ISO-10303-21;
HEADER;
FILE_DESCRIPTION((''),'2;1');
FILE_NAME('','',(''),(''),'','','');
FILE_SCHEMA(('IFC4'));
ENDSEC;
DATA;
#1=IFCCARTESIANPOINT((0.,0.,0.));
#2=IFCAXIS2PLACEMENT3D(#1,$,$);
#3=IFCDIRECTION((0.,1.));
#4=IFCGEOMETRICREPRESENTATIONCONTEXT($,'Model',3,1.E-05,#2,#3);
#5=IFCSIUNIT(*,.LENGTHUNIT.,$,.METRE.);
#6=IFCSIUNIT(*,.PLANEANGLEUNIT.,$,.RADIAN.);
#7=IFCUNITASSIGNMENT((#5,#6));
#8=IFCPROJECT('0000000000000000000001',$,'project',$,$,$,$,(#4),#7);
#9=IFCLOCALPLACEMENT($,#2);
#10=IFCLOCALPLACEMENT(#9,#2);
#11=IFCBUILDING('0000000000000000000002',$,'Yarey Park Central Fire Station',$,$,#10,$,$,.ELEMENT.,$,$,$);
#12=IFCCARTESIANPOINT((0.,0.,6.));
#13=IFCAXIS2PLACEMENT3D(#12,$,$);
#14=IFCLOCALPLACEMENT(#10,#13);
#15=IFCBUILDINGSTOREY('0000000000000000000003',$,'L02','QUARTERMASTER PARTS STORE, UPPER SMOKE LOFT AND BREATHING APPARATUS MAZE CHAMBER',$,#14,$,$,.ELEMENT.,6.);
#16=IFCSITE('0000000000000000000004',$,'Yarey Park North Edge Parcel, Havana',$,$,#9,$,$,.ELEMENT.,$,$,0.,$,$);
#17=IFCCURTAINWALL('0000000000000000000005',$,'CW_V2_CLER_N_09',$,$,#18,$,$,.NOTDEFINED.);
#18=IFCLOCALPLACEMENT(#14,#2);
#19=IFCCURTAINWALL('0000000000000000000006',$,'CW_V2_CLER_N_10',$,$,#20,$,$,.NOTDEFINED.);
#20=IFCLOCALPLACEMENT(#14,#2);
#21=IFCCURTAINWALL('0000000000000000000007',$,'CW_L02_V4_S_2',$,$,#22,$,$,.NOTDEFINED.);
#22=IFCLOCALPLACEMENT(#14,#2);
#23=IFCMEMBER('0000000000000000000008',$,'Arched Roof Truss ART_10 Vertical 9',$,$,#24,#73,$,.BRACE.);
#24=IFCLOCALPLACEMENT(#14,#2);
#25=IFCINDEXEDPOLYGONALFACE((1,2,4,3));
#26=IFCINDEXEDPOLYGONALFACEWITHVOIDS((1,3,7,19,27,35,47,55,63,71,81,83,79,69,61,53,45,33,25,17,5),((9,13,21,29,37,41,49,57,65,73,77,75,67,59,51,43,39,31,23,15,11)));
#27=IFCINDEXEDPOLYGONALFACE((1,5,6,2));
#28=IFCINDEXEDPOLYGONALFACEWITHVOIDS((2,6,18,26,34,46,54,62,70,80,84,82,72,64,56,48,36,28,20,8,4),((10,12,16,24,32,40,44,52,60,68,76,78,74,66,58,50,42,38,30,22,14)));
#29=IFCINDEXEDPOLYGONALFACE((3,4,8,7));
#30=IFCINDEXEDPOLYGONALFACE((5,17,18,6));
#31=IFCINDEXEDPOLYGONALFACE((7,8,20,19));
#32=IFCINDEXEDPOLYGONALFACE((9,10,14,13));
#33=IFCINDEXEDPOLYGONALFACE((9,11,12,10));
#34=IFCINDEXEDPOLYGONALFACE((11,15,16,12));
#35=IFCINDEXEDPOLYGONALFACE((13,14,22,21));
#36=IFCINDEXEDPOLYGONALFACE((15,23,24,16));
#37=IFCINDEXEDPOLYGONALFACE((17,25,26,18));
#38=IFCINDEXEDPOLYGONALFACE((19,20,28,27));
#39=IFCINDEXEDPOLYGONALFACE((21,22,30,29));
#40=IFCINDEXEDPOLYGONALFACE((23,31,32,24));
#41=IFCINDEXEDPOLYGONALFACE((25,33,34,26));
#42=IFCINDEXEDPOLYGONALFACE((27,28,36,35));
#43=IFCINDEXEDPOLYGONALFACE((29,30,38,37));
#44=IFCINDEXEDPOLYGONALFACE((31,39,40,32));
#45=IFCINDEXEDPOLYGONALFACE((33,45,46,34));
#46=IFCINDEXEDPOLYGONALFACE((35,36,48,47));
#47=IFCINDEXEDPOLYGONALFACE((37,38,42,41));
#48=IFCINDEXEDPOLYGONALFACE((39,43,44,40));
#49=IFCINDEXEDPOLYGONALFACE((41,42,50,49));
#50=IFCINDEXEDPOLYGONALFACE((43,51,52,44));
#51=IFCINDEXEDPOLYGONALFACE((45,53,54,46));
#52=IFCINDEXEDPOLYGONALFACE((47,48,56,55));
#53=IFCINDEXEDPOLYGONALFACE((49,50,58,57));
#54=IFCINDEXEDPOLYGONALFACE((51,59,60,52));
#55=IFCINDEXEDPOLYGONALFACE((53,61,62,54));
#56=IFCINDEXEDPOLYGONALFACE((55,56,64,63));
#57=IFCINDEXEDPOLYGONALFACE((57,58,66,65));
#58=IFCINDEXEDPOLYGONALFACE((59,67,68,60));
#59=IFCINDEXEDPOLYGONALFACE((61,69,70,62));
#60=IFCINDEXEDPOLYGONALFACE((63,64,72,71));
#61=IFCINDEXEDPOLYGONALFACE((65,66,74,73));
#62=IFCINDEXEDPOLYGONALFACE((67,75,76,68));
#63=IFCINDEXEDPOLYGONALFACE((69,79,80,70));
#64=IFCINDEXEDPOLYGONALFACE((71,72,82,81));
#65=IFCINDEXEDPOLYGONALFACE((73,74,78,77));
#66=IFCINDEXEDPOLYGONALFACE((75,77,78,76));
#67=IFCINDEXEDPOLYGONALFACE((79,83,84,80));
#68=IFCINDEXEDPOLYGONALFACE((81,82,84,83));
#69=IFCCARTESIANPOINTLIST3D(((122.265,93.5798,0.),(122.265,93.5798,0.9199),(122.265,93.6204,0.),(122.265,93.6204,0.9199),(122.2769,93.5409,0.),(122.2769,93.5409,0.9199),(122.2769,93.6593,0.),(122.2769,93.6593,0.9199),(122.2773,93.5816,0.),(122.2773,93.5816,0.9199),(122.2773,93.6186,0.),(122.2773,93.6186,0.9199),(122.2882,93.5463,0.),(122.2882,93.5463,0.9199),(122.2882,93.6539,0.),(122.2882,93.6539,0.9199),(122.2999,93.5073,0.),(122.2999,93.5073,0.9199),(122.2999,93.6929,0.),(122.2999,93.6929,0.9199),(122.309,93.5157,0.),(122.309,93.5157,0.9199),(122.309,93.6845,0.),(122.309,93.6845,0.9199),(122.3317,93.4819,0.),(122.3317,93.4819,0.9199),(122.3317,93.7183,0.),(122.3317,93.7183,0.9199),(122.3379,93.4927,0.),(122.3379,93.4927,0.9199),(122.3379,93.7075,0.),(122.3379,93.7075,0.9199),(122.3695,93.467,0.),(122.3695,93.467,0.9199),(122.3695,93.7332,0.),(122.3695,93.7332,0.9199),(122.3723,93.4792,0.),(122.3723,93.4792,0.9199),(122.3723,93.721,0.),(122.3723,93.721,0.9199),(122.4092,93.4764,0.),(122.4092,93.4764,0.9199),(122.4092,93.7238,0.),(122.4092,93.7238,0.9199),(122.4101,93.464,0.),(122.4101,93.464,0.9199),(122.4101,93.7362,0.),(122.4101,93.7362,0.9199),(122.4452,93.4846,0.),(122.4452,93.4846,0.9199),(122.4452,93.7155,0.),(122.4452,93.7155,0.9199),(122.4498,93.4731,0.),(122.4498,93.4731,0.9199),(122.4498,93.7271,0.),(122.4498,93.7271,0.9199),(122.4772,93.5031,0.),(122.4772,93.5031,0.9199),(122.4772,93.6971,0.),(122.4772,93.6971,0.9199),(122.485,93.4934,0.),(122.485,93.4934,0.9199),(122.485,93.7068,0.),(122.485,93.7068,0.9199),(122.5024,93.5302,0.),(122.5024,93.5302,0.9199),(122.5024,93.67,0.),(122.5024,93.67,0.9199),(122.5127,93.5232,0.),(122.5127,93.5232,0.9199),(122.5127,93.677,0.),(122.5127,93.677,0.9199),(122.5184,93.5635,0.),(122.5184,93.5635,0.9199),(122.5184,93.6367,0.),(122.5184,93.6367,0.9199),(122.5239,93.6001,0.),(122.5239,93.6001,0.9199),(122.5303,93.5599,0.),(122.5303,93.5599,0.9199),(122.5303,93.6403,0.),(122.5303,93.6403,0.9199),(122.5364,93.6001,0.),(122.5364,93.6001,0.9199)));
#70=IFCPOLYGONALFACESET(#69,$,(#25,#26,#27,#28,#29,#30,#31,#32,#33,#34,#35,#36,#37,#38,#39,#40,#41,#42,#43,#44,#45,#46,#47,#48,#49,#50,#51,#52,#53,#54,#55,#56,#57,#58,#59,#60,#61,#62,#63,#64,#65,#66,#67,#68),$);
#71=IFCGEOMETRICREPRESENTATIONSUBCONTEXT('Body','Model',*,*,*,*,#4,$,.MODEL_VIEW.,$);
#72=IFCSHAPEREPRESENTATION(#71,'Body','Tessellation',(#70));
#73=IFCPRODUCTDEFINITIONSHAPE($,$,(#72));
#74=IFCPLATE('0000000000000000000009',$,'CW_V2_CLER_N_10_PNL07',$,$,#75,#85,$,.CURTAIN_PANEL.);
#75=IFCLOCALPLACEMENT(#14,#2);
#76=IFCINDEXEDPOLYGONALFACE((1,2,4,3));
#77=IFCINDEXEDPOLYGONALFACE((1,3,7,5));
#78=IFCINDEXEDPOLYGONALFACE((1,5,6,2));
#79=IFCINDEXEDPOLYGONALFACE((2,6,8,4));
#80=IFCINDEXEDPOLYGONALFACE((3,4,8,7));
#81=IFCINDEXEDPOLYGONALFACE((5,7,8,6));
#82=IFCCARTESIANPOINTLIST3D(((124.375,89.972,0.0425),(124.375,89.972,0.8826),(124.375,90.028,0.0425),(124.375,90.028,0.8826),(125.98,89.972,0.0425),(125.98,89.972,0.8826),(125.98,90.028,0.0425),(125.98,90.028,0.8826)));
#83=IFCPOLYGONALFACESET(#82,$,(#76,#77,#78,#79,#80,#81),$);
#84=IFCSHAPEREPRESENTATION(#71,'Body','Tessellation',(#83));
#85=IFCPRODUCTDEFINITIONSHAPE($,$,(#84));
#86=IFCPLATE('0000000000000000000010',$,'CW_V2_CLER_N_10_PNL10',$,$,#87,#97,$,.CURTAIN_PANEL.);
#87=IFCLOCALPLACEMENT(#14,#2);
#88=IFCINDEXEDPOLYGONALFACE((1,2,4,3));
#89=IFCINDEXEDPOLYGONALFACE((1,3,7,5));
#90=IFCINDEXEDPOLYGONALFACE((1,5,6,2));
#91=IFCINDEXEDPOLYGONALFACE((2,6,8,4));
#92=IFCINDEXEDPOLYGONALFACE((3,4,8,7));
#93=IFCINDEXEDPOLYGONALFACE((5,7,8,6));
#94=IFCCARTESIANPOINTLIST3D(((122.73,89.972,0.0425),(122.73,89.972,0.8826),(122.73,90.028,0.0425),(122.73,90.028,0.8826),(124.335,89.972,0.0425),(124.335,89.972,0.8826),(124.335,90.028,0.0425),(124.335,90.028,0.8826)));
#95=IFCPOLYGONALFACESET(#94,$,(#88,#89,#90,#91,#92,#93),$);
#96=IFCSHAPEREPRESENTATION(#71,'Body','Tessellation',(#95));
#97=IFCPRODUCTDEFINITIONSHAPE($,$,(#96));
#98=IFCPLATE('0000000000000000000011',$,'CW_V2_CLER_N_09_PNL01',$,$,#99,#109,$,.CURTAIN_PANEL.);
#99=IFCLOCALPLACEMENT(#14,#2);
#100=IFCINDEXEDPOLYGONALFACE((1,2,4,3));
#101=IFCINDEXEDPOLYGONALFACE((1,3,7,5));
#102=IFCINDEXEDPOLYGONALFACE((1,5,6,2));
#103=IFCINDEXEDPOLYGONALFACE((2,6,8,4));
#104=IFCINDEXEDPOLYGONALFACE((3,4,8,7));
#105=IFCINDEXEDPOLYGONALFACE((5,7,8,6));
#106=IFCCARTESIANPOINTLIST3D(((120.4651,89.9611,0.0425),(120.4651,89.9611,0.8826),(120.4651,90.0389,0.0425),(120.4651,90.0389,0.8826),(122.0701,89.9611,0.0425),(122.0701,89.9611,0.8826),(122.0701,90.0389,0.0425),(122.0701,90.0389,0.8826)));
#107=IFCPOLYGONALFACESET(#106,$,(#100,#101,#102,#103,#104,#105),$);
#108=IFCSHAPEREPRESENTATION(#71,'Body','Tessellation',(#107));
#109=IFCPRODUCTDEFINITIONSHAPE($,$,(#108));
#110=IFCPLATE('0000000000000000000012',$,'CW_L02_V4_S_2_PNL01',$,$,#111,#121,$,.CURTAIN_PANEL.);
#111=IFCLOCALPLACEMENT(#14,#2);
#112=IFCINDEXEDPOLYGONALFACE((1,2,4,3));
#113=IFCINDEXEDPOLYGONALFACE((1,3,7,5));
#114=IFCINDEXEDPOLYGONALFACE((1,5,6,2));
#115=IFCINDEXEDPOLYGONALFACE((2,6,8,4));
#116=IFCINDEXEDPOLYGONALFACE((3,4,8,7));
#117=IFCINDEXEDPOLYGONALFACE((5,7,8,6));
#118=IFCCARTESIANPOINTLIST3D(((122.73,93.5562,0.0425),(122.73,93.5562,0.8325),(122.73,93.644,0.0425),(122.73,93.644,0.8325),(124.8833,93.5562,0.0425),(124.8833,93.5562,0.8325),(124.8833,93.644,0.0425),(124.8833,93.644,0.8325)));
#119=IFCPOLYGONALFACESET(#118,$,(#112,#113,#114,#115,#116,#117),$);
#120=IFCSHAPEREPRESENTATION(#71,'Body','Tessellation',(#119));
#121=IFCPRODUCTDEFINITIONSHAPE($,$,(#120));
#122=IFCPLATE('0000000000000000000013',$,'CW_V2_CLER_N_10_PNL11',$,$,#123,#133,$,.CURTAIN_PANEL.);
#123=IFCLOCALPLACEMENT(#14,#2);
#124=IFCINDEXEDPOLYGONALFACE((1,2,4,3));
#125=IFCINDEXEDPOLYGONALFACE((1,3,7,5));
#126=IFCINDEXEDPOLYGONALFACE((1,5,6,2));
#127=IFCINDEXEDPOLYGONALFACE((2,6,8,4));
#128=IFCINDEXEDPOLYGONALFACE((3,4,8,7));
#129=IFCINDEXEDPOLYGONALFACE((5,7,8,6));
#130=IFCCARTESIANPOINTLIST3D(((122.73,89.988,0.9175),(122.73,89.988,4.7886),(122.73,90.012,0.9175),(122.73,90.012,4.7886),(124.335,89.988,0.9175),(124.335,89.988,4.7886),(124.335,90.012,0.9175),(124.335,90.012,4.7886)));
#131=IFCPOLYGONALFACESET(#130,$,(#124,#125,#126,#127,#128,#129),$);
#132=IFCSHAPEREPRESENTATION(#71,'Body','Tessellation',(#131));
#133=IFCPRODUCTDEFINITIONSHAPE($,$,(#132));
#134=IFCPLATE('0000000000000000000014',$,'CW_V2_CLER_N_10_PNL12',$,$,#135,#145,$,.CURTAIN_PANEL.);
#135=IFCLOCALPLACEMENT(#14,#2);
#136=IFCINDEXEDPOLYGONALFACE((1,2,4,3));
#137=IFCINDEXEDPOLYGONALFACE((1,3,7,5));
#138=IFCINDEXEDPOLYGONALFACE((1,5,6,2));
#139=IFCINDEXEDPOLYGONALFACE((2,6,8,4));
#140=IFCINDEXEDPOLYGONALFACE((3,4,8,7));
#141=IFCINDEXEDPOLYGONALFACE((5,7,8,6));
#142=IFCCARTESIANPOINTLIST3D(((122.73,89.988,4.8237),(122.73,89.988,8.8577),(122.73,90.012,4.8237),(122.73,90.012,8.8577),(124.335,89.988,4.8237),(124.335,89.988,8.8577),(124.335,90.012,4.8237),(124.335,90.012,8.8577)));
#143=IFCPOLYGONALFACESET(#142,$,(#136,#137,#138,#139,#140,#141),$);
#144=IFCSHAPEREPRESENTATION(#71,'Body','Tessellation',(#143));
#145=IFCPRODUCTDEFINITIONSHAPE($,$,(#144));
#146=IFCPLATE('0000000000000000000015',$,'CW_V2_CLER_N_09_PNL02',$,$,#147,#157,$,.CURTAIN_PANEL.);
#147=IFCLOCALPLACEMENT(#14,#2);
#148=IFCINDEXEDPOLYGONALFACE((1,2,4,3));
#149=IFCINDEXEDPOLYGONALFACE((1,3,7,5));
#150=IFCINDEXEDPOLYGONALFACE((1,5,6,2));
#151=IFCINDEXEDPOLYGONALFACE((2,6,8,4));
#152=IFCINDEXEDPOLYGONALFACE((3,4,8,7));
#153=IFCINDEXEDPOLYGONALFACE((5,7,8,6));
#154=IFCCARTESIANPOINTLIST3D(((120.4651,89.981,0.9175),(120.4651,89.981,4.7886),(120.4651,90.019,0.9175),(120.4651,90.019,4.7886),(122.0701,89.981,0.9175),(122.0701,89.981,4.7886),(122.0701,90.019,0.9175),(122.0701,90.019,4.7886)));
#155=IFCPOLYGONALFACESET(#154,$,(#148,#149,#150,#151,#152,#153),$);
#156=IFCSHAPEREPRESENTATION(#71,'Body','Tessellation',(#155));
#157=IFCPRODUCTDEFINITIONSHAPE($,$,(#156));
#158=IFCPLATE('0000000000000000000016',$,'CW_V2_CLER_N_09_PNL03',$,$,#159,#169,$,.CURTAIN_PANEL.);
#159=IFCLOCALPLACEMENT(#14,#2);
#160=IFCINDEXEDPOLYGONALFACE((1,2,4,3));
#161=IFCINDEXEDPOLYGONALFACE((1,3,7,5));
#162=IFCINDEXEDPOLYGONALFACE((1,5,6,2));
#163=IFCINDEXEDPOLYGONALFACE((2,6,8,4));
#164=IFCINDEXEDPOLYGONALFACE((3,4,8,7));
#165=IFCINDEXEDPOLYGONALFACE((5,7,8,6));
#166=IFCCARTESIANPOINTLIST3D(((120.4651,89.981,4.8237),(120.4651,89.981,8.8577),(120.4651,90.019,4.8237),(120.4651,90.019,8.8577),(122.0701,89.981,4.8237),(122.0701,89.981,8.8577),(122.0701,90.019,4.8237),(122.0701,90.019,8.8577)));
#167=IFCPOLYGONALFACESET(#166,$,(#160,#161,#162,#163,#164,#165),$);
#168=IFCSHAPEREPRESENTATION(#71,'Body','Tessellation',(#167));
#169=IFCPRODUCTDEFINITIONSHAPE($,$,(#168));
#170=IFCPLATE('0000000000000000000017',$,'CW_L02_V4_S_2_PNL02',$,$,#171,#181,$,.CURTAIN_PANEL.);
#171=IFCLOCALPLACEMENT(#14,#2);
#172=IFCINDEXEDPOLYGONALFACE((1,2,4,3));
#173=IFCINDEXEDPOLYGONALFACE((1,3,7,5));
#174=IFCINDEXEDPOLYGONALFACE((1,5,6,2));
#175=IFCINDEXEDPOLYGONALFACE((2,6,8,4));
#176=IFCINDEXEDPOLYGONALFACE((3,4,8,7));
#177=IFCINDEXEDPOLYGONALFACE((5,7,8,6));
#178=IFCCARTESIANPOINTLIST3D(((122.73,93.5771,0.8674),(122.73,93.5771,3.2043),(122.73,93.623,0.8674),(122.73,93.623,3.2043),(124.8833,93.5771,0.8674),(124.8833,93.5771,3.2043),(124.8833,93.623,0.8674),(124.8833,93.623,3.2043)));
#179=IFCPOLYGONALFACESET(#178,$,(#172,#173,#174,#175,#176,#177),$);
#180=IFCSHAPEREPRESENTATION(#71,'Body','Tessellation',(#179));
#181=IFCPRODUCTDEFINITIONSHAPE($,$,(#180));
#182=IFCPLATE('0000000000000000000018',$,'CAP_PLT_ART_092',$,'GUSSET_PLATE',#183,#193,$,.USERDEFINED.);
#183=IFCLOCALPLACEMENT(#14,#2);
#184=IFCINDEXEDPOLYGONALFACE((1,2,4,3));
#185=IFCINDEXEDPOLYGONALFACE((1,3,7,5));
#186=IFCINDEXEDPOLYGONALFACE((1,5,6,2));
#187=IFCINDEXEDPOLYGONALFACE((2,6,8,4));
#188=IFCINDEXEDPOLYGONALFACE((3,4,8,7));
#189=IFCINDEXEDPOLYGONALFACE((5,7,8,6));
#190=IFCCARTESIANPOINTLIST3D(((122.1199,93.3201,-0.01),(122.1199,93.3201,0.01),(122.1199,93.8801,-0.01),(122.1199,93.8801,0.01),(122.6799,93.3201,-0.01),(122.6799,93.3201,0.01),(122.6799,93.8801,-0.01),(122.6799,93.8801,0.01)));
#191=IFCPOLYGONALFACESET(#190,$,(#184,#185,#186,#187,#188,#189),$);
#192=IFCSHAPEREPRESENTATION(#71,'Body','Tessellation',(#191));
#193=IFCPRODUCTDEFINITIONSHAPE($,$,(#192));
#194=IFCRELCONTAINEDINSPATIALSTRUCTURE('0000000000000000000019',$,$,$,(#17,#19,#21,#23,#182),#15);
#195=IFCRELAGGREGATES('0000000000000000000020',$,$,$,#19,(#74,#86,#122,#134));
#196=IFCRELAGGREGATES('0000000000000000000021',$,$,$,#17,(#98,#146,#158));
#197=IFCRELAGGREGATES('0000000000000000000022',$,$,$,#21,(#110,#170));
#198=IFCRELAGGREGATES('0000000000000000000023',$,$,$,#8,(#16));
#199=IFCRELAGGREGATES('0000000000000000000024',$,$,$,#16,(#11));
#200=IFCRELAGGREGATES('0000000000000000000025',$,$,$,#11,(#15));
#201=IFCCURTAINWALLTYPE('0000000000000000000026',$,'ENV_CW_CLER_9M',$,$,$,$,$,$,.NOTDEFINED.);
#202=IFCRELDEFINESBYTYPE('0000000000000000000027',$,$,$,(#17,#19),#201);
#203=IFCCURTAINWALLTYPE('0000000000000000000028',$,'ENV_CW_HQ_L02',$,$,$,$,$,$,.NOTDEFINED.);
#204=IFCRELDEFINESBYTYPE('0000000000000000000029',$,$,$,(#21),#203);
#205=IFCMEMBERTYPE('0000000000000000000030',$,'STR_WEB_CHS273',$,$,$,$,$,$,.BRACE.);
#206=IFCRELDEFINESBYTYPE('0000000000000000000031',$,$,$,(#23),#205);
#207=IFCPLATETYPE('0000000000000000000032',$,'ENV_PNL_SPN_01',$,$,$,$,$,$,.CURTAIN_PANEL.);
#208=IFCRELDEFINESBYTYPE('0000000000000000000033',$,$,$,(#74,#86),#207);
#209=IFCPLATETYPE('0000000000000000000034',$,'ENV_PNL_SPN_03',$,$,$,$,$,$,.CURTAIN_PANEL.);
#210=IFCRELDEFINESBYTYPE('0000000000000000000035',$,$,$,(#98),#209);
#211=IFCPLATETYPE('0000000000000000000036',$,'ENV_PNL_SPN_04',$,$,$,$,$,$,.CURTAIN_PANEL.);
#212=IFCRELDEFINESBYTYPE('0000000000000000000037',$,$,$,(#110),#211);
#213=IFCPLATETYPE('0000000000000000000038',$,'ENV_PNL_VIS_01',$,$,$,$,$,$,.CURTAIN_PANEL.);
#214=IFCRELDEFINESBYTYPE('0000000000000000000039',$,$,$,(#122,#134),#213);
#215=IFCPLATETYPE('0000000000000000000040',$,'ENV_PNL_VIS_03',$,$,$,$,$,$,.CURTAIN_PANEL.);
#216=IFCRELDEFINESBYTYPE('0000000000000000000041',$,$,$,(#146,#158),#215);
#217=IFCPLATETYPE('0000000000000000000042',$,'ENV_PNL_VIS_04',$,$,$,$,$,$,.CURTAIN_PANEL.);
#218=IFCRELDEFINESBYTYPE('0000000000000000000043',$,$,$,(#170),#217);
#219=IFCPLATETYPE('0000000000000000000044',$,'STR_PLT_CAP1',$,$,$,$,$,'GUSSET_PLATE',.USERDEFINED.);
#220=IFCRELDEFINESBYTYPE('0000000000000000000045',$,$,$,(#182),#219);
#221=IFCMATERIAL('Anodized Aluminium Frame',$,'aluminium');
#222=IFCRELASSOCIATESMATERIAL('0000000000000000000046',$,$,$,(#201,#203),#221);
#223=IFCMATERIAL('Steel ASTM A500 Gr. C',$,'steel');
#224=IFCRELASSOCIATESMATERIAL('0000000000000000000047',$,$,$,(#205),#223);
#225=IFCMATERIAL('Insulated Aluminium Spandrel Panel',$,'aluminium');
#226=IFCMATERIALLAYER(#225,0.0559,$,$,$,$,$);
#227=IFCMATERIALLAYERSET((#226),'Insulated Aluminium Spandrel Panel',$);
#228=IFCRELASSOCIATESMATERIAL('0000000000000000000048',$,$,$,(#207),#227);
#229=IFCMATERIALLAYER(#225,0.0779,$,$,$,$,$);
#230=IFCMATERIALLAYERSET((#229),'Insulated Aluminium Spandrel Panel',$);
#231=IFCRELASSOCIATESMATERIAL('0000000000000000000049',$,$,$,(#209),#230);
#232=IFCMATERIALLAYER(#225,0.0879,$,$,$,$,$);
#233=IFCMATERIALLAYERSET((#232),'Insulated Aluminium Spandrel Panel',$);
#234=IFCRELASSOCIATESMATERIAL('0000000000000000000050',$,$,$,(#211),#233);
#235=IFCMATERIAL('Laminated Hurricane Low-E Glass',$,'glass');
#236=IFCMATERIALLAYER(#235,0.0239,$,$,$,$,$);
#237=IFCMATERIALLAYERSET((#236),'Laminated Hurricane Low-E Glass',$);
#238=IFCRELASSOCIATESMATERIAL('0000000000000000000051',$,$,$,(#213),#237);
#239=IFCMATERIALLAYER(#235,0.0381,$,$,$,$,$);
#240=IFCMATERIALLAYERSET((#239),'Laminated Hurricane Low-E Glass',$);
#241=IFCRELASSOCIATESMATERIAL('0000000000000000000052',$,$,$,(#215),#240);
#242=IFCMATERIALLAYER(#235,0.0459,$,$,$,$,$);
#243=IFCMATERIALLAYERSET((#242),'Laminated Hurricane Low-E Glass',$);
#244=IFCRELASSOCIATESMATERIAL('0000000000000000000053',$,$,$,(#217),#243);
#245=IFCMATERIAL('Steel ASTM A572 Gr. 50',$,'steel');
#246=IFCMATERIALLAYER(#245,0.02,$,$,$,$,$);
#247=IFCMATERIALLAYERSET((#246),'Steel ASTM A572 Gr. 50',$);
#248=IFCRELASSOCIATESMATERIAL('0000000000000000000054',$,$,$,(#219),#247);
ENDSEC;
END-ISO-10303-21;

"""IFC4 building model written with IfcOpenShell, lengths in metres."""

from ifc_helpers import new_model, si_unit, direction, frame, origin, origin_2d, place, context, subcontext, project, spatial, rectangle, hollow_circle, extrude, material, layer, layer_set, material_profile, profile_set, type_object, element, aggregate, save


model = new_model("IFC4")

# Units and contexts
model_context = context("Model", 3, precision=1e-05, world=origin(), true_north=direction((0.0, 1.0)))
body_context = subcontext(model_context, "Body", "Model", "MODEL_VIEW")
ifc_project = project(units=[si_unit("LENGTHUNIT", "METRE"), si_unit("PLANEANGLEUNIT", "RADIAN")], contexts=[model_context])

# Site, building, storey
site_placement = place(None, origin())
site = spatial("IfcSite", under=ifc_project, at=site_placement, Name="Yarey Park North Edge Parcel, Havana", CompositionType="ELEMENT", RefElevation=0.0)
building_placement = place(site_placement, origin())
building = spatial("IfcBuilding", under=site, at=building_placement, Name="Yarey Park Central Fire Station", CompositionType="ELEMENT")
storey_placement = place(building_placement, frame((0.0, 0.0, 6.0)))
storey = spatial("IfcBuildingStorey", under=building, at=storey_placement, Name="L02", Description="QUARTERMASTER PARTS STORE, UPPER SMOKE LOFT AND BREATHING APPARATUS MAZE CHAMBER", CompositionType="ELEMENT", Elevation=6.0)

# Curtain wall
ifc_material_1 = material(Name="Anodized Aluminium Frame", Category="aluminium")
curtain_wall_type_1 = type_object("IfcCurtainWallType", Name="ENV_CW_CLER_9M", PredefinedType="NOTDEFINED", material=ifc_material_1)
curtain_wall_1_placement = place(storey_placement, origin())
curtain_wall_1 = element("IfcCurtainWall", 1, at=curtain_wall_1_placement, inside=storey, type_object=curtain_wall_type_1, Name="CW_V2_CLER_N_09", PredefinedType="NOTDEFINED")

# Curtain wall
curtain_wall_2_placement = place(storey_placement, origin())
curtain_wall_2 = element("IfcCurtainWall", 2, at=curtain_wall_2_placement, inside=storey, type_object=curtain_wall_type_1, Name="CW_V2_CLER_N_10", PredefinedType="NOTDEFINED")

# Shared definitions
curtain_wall_type_2 = type_object("IfcCurtainWallType", Name="ENV_CW_HQ_L02", PredefinedType="NOTDEFINED", material=ifc_material_1)

# Curtain wall
curtain_wall_3_placement = place(storey_placement, origin())
curtain_wall_3 = element("IfcCurtainWall", 3, at=curtain_wall_3_placement, inside=storey, type_object=curtain_wall_type_2, Name="CW_L02_V4_S_2", PredefinedType="NOTDEFINED")

# Member
ifc_material_2 = material(Name="Steel ASTM A500 Gr. C", Category="steel")
ifc_material_profile_1 = material_profile(ifc_material_2, hollow_circle(Radius=0.1365, WallThickness=0.0125, at=origin_2d()), Name="CHS 273x12.5")
ifc_profile_set_1 = profile_set([ifc_material_profile_1], Name="Steel ASTM A500 Gr. C")
member_type_1 = type_object("IfcMemberType", Name="STR_WEB_CHS273", PredefinedType="BRACE", material=ifc_profile_set_1)
member_1_placement = place(storey_placement, frame((122.3999, 93.6001, 0.0), z_axis=(0.0, 0.0, 1.0), x_axis=(1.0, 0.0, 0.0)))
element("IfcMember", 4, at=member_1_placement, inside=storey, type_object=member_type_1, Name="Arched Roof Truss ART_10 Vertical 9", PredefinedType="BRACE", context=body_context, shape_type="SweptSolid", body=[
    extrude(hollow_circle(Radius=0.1365, WallThickness=0.0125, at=origin_2d()), origin(), (0.0, 0.0, 1.0), 0.9199),
])

# Plates
ifc_material_3 = material(Name="Insulated Aluminium Spandrel Panel", Category="aluminium")
ifc_layer_1 = layer(ifc_material_3, 0.0559)
ifc_layer_set_1 = layer_set([ifc_layer_1], Name="Insulated Aluminium Spandrel Panel")
plate_type_1 = type_object("IfcPlateType", Name="ENV_PNL_SPN_01", PredefinedType="CURTAIN_PANEL", material=ifc_layer_set_1)
plate_1_placement = place(storey_placement, frame((125.1775, 90.0, 0.0425), z_axis=(0.0, 0.0, 1.0), x_axis=(-1.0, 0.0, 0.0)))
plate_1 = element("IfcPlate", 5, at=plate_1_placement, type_object=plate_type_1, Name="CW_V2_CLER_N_10_PNL07", PredefinedType="CURTAIN_PANEL", context=body_context, shape_type="SweptSolid", body=[
    extrude(rectangle(XDim=1.605, YDim=0.0559, at=origin_2d()), origin(), (0.0, 0.0, 1.0), 0.8401),
])
plate_2_placement = place(storey_placement, frame((123.5325, 90.0, 0.0425), z_axis=(0.0, 0.0, 1.0), x_axis=(-1.0, 0.0, 0.0)))
plate_2 = element("IfcPlate", 6, at=plate_2_placement, type_object=plate_type_1, Name="CW_V2_CLER_N_10_PNL10", PredefinedType="CURTAIN_PANEL", context=body_context, shape_type="SweptSolid", body=[
    extrude(rectangle(XDim=1.605, YDim=0.0559, at=origin_2d()), origin(), (0.0, 0.0, 1.0), 0.8401),
])
ifc_layer_2 = layer(ifc_material_3, 0.0779)
ifc_layer_set_2 = layer_set([ifc_layer_2], Name="Insulated Aluminium Spandrel Panel")
plate_type_2 = type_object("IfcPlateType", Name="ENV_PNL_SPN_03", PredefinedType="CURTAIN_PANEL", material=ifc_layer_set_2)
plate_3_placement = place(storey_placement, frame((121.2676, 90.0, 0.0425), z_axis=(0.0, 0.0, 1.0), x_axis=(-1.0, 0.0, 0.0)))
plate_3 = element("IfcPlate", 7, at=plate_3_placement, type_object=plate_type_2, Name="CW_V2_CLER_N_09_PNL01", PredefinedType="CURTAIN_PANEL", context=body_context, shape_type="SweptSolid", body=[
    extrude(rectangle(XDim=1.605, YDim=0.0779, at=origin_2d()), origin(), (0.0, 0.0, 1.0), 0.8401),
])
ifc_layer_3 = layer(ifc_material_3, 0.0879)
ifc_layer_set_3 = layer_set([ifc_layer_3], Name="Insulated Aluminium Spandrel Panel")
plate_type_3 = type_object("IfcPlateType", Name="ENV_PNL_SPN_04", PredefinedType="CURTAIN_PANEL", material=ifc_layer_set_3)
plate_4_placement = place(storey_placement, frame((123.8066, 93.6001, 0.0425), z_axis=(0.0, 0.0, 1.0), x_axis=(1.0, 0.0, 0.0)))
plate_4 = element("IfcPlate", 8, at=plate_4_placement, type_object=plate_type_3, Name="CW_L02_V4_S_2_PNL01", PredefinedType="CURTAIN_PANEL", context=body_context, shape_type="SweptSolid", body=[
    extrude(rectangle(XDim=2.1533, YDim=0.0879, at=origin_2d()), origin(), (0.0, 0.0, 1.0), 0.79),
])
ifc_material_4 = material(Name="Laminated Hurricane Low-E Glass", Category="glass")
ifc_layer_4 = layer(ifc_material_4, 0.0239)
ifc_layer_set_4 = layer_set([ifc_layer_4], Name="Laminated Hurricane Low-E Glass")
plate_type_4 = type_object("IfcPlateType", Name="ENV_PNL_VIS_01", PredefinedType="CURTAIN_PANEL", material=ifc_layer_set_4)
plate_5_placement = place(storey_placement, frame((123.5325, 90.0, 0.9175), z_axis=(0.0, 0.0, 1.0), x_axis=(-1.0, 0.0, 0.0)))
plate_5 = element("IfcPlate", 9, at=plate_5_placement, type_object=plate_type_4, Name="CW_V2_CLER_N_10_PNL11", PredefinedType="CURTAIN_PANEL", context=body_context, shape_type="SweptSolid", body=[
    extrude(rectangle(XDim=1.605, YDim=0.0239, at=origin_2d()), origin(), (0.0, 0.0, 1.0), 3.8711),
])
plate_6_placement = place(storey_placement, frame((123.5325, 90.0, 4.8237), z_axis=(0.0, 0.0, 1.0), x_axis=(-1.0, 0.0, 0.0)))
plate_6 = element("IfcPlate", 10, at=plate_6_placement, type_object=plate_type_4, Name="CW_V2_CLER_N_10_PNL12", PredefinedType="CURTAIN_PANEL", context=body_context, shape_type="SweptSolid", body=[
    extrude(rectangle(XDim=1.605, YDim=0.0239, at=origin_2d()), origin(), (0.0, 0.0, 1.0), 4.0339),
])
aggregate(curtain_wall_2, [plate_1, plate_2, plate_5, plate_6])
ifc_layer_5 = layer(ifc_material_4, 0.0381)
ifc_layer_set_5 = layer_set([ifc_layer_5], Name="Laminated Hurricane Low-E Glass")
plate_type_5 = type_object("IfcPlateType", Name="ENV_PNL_VIS_03", PredefinedType="CURTAIN_PANEL", material=ifc_layer_set_5)
plate_7_placement = place(storey_placement, frame((121.2676, 90.0, 0.9175), z_axis=(0.0, 0.0, 1.0), x_axis=(-1.0, 0.0, 0.0)))
plate_7 = element("IfcPlate", 11, at=plate_7_placement, type_object=plate_type_5, Name="CW_V2_CLER_N_09_PNL02", PredefinedType="CURTAIN_PANEL", context=body_context, shape_type="SweptSolid", body=[
    extrude(rectangle(XDim=1.605, YDim=0.0381, at=origin_2d()), origin(), (0.0, 0.0, 1.0), 3.8711),
])
plate_8_placement = place(storey_placement, frame((121.2676, 90.0, 4.8237), z_axis=(0.0, 0.0, 1.0), x_axis=(-1.0, 0.0, 0.0)))
plate_8 = element("IfcPlate", 12, at=plate_8_placement, type_object=plate_type_5, Name="CW_V2_CLER_N_09_PNL03", PredefinedType="CURTAIN_PANEL", context=body_context, shape_type="SweptSolid", body=[
    extrude(rectangle(XDim=1.605, YDim=0.0381, at=origin_2d()), origin(), (0.0, 0.0, 1.0), 4.0339),
])
aggregate(curtain_wall_1, [plate_3, plate_7, plate_8])
ifc_layer_6 = layer(ifc_material_4, 0.0459)
ifc_layer_set_6 = layer_set([ifc_layer_6], Name="Laminated Hurricane Low-E Glass")
plate_type_6 = type_object("IfcPlateType", Name="ENV_PNL_VIS_04", PredefinedType="CURTAIN_PANEL", material=ifc_layer_set_6)
plate_9_placement = place(storey_placement, frame((123.8066, 93.6001, 0.8674), z_axis=(0.0, 0.0, 1.0), x_axis=(1.0, 0.0, 0.0)))
plate_9 = element("IfcPlate", 13, at=plate_9_placement, type_object=plate_type_6, Name="CW_L02_V4_S_2_PNL02", PredefinedType="CURTAIN_PANEL", context=body_context, shape_type="SweptSolid", body=[
    extrude(rectangle(XDim=2.1533, YDim=0.0459, at=origin_2d()), origin(), (0.0, 0.0, 1.0), 2.3369),
])
aggregate(curtain_wall_3, [plate_4, plate_9])

# Plate
ifc_material_5 = material(Name="Steel ASTM A572 Gr. 50", Category="steel")
ifc_layer_7 = layer(ifc_material_5, 0.02)
ifc_layer_set_7 = layer_set([ifc_layer_7], Name="Steel ASTM A572 Gr. 50")
plate_type_7 = type_object("IfcPlateType", Name="STR_PLT_CAP1", ElementType="GUSSET_PLATE", PredefinedType="USERDEFINED", material=ifc_layer_set_7)
plate_10_placement = place(storey_placement, frame((122.3999, 93.6001, -0.01), z_axis=(0.0, 0.0, 1.0), x_axis=(1.0, 0.0, 0.0)))
element("IfcPlate", 14, at=plate_10_placement, inside=storey, type_object=plate_type_7, Name="CAP_PLT_ART_092", ObjectType="GUSSET_PLATE", PredefinedType="USERDEFINED", context=body_context, shape_type="SweptSolid", body=[
    extrude(rectangle(XDim=0.5601, YDim=0.5601, at=origin_2d()), origin(), (0.0, 0.0, 1.0), 0.02),
])

save(model, "model.ifc")
